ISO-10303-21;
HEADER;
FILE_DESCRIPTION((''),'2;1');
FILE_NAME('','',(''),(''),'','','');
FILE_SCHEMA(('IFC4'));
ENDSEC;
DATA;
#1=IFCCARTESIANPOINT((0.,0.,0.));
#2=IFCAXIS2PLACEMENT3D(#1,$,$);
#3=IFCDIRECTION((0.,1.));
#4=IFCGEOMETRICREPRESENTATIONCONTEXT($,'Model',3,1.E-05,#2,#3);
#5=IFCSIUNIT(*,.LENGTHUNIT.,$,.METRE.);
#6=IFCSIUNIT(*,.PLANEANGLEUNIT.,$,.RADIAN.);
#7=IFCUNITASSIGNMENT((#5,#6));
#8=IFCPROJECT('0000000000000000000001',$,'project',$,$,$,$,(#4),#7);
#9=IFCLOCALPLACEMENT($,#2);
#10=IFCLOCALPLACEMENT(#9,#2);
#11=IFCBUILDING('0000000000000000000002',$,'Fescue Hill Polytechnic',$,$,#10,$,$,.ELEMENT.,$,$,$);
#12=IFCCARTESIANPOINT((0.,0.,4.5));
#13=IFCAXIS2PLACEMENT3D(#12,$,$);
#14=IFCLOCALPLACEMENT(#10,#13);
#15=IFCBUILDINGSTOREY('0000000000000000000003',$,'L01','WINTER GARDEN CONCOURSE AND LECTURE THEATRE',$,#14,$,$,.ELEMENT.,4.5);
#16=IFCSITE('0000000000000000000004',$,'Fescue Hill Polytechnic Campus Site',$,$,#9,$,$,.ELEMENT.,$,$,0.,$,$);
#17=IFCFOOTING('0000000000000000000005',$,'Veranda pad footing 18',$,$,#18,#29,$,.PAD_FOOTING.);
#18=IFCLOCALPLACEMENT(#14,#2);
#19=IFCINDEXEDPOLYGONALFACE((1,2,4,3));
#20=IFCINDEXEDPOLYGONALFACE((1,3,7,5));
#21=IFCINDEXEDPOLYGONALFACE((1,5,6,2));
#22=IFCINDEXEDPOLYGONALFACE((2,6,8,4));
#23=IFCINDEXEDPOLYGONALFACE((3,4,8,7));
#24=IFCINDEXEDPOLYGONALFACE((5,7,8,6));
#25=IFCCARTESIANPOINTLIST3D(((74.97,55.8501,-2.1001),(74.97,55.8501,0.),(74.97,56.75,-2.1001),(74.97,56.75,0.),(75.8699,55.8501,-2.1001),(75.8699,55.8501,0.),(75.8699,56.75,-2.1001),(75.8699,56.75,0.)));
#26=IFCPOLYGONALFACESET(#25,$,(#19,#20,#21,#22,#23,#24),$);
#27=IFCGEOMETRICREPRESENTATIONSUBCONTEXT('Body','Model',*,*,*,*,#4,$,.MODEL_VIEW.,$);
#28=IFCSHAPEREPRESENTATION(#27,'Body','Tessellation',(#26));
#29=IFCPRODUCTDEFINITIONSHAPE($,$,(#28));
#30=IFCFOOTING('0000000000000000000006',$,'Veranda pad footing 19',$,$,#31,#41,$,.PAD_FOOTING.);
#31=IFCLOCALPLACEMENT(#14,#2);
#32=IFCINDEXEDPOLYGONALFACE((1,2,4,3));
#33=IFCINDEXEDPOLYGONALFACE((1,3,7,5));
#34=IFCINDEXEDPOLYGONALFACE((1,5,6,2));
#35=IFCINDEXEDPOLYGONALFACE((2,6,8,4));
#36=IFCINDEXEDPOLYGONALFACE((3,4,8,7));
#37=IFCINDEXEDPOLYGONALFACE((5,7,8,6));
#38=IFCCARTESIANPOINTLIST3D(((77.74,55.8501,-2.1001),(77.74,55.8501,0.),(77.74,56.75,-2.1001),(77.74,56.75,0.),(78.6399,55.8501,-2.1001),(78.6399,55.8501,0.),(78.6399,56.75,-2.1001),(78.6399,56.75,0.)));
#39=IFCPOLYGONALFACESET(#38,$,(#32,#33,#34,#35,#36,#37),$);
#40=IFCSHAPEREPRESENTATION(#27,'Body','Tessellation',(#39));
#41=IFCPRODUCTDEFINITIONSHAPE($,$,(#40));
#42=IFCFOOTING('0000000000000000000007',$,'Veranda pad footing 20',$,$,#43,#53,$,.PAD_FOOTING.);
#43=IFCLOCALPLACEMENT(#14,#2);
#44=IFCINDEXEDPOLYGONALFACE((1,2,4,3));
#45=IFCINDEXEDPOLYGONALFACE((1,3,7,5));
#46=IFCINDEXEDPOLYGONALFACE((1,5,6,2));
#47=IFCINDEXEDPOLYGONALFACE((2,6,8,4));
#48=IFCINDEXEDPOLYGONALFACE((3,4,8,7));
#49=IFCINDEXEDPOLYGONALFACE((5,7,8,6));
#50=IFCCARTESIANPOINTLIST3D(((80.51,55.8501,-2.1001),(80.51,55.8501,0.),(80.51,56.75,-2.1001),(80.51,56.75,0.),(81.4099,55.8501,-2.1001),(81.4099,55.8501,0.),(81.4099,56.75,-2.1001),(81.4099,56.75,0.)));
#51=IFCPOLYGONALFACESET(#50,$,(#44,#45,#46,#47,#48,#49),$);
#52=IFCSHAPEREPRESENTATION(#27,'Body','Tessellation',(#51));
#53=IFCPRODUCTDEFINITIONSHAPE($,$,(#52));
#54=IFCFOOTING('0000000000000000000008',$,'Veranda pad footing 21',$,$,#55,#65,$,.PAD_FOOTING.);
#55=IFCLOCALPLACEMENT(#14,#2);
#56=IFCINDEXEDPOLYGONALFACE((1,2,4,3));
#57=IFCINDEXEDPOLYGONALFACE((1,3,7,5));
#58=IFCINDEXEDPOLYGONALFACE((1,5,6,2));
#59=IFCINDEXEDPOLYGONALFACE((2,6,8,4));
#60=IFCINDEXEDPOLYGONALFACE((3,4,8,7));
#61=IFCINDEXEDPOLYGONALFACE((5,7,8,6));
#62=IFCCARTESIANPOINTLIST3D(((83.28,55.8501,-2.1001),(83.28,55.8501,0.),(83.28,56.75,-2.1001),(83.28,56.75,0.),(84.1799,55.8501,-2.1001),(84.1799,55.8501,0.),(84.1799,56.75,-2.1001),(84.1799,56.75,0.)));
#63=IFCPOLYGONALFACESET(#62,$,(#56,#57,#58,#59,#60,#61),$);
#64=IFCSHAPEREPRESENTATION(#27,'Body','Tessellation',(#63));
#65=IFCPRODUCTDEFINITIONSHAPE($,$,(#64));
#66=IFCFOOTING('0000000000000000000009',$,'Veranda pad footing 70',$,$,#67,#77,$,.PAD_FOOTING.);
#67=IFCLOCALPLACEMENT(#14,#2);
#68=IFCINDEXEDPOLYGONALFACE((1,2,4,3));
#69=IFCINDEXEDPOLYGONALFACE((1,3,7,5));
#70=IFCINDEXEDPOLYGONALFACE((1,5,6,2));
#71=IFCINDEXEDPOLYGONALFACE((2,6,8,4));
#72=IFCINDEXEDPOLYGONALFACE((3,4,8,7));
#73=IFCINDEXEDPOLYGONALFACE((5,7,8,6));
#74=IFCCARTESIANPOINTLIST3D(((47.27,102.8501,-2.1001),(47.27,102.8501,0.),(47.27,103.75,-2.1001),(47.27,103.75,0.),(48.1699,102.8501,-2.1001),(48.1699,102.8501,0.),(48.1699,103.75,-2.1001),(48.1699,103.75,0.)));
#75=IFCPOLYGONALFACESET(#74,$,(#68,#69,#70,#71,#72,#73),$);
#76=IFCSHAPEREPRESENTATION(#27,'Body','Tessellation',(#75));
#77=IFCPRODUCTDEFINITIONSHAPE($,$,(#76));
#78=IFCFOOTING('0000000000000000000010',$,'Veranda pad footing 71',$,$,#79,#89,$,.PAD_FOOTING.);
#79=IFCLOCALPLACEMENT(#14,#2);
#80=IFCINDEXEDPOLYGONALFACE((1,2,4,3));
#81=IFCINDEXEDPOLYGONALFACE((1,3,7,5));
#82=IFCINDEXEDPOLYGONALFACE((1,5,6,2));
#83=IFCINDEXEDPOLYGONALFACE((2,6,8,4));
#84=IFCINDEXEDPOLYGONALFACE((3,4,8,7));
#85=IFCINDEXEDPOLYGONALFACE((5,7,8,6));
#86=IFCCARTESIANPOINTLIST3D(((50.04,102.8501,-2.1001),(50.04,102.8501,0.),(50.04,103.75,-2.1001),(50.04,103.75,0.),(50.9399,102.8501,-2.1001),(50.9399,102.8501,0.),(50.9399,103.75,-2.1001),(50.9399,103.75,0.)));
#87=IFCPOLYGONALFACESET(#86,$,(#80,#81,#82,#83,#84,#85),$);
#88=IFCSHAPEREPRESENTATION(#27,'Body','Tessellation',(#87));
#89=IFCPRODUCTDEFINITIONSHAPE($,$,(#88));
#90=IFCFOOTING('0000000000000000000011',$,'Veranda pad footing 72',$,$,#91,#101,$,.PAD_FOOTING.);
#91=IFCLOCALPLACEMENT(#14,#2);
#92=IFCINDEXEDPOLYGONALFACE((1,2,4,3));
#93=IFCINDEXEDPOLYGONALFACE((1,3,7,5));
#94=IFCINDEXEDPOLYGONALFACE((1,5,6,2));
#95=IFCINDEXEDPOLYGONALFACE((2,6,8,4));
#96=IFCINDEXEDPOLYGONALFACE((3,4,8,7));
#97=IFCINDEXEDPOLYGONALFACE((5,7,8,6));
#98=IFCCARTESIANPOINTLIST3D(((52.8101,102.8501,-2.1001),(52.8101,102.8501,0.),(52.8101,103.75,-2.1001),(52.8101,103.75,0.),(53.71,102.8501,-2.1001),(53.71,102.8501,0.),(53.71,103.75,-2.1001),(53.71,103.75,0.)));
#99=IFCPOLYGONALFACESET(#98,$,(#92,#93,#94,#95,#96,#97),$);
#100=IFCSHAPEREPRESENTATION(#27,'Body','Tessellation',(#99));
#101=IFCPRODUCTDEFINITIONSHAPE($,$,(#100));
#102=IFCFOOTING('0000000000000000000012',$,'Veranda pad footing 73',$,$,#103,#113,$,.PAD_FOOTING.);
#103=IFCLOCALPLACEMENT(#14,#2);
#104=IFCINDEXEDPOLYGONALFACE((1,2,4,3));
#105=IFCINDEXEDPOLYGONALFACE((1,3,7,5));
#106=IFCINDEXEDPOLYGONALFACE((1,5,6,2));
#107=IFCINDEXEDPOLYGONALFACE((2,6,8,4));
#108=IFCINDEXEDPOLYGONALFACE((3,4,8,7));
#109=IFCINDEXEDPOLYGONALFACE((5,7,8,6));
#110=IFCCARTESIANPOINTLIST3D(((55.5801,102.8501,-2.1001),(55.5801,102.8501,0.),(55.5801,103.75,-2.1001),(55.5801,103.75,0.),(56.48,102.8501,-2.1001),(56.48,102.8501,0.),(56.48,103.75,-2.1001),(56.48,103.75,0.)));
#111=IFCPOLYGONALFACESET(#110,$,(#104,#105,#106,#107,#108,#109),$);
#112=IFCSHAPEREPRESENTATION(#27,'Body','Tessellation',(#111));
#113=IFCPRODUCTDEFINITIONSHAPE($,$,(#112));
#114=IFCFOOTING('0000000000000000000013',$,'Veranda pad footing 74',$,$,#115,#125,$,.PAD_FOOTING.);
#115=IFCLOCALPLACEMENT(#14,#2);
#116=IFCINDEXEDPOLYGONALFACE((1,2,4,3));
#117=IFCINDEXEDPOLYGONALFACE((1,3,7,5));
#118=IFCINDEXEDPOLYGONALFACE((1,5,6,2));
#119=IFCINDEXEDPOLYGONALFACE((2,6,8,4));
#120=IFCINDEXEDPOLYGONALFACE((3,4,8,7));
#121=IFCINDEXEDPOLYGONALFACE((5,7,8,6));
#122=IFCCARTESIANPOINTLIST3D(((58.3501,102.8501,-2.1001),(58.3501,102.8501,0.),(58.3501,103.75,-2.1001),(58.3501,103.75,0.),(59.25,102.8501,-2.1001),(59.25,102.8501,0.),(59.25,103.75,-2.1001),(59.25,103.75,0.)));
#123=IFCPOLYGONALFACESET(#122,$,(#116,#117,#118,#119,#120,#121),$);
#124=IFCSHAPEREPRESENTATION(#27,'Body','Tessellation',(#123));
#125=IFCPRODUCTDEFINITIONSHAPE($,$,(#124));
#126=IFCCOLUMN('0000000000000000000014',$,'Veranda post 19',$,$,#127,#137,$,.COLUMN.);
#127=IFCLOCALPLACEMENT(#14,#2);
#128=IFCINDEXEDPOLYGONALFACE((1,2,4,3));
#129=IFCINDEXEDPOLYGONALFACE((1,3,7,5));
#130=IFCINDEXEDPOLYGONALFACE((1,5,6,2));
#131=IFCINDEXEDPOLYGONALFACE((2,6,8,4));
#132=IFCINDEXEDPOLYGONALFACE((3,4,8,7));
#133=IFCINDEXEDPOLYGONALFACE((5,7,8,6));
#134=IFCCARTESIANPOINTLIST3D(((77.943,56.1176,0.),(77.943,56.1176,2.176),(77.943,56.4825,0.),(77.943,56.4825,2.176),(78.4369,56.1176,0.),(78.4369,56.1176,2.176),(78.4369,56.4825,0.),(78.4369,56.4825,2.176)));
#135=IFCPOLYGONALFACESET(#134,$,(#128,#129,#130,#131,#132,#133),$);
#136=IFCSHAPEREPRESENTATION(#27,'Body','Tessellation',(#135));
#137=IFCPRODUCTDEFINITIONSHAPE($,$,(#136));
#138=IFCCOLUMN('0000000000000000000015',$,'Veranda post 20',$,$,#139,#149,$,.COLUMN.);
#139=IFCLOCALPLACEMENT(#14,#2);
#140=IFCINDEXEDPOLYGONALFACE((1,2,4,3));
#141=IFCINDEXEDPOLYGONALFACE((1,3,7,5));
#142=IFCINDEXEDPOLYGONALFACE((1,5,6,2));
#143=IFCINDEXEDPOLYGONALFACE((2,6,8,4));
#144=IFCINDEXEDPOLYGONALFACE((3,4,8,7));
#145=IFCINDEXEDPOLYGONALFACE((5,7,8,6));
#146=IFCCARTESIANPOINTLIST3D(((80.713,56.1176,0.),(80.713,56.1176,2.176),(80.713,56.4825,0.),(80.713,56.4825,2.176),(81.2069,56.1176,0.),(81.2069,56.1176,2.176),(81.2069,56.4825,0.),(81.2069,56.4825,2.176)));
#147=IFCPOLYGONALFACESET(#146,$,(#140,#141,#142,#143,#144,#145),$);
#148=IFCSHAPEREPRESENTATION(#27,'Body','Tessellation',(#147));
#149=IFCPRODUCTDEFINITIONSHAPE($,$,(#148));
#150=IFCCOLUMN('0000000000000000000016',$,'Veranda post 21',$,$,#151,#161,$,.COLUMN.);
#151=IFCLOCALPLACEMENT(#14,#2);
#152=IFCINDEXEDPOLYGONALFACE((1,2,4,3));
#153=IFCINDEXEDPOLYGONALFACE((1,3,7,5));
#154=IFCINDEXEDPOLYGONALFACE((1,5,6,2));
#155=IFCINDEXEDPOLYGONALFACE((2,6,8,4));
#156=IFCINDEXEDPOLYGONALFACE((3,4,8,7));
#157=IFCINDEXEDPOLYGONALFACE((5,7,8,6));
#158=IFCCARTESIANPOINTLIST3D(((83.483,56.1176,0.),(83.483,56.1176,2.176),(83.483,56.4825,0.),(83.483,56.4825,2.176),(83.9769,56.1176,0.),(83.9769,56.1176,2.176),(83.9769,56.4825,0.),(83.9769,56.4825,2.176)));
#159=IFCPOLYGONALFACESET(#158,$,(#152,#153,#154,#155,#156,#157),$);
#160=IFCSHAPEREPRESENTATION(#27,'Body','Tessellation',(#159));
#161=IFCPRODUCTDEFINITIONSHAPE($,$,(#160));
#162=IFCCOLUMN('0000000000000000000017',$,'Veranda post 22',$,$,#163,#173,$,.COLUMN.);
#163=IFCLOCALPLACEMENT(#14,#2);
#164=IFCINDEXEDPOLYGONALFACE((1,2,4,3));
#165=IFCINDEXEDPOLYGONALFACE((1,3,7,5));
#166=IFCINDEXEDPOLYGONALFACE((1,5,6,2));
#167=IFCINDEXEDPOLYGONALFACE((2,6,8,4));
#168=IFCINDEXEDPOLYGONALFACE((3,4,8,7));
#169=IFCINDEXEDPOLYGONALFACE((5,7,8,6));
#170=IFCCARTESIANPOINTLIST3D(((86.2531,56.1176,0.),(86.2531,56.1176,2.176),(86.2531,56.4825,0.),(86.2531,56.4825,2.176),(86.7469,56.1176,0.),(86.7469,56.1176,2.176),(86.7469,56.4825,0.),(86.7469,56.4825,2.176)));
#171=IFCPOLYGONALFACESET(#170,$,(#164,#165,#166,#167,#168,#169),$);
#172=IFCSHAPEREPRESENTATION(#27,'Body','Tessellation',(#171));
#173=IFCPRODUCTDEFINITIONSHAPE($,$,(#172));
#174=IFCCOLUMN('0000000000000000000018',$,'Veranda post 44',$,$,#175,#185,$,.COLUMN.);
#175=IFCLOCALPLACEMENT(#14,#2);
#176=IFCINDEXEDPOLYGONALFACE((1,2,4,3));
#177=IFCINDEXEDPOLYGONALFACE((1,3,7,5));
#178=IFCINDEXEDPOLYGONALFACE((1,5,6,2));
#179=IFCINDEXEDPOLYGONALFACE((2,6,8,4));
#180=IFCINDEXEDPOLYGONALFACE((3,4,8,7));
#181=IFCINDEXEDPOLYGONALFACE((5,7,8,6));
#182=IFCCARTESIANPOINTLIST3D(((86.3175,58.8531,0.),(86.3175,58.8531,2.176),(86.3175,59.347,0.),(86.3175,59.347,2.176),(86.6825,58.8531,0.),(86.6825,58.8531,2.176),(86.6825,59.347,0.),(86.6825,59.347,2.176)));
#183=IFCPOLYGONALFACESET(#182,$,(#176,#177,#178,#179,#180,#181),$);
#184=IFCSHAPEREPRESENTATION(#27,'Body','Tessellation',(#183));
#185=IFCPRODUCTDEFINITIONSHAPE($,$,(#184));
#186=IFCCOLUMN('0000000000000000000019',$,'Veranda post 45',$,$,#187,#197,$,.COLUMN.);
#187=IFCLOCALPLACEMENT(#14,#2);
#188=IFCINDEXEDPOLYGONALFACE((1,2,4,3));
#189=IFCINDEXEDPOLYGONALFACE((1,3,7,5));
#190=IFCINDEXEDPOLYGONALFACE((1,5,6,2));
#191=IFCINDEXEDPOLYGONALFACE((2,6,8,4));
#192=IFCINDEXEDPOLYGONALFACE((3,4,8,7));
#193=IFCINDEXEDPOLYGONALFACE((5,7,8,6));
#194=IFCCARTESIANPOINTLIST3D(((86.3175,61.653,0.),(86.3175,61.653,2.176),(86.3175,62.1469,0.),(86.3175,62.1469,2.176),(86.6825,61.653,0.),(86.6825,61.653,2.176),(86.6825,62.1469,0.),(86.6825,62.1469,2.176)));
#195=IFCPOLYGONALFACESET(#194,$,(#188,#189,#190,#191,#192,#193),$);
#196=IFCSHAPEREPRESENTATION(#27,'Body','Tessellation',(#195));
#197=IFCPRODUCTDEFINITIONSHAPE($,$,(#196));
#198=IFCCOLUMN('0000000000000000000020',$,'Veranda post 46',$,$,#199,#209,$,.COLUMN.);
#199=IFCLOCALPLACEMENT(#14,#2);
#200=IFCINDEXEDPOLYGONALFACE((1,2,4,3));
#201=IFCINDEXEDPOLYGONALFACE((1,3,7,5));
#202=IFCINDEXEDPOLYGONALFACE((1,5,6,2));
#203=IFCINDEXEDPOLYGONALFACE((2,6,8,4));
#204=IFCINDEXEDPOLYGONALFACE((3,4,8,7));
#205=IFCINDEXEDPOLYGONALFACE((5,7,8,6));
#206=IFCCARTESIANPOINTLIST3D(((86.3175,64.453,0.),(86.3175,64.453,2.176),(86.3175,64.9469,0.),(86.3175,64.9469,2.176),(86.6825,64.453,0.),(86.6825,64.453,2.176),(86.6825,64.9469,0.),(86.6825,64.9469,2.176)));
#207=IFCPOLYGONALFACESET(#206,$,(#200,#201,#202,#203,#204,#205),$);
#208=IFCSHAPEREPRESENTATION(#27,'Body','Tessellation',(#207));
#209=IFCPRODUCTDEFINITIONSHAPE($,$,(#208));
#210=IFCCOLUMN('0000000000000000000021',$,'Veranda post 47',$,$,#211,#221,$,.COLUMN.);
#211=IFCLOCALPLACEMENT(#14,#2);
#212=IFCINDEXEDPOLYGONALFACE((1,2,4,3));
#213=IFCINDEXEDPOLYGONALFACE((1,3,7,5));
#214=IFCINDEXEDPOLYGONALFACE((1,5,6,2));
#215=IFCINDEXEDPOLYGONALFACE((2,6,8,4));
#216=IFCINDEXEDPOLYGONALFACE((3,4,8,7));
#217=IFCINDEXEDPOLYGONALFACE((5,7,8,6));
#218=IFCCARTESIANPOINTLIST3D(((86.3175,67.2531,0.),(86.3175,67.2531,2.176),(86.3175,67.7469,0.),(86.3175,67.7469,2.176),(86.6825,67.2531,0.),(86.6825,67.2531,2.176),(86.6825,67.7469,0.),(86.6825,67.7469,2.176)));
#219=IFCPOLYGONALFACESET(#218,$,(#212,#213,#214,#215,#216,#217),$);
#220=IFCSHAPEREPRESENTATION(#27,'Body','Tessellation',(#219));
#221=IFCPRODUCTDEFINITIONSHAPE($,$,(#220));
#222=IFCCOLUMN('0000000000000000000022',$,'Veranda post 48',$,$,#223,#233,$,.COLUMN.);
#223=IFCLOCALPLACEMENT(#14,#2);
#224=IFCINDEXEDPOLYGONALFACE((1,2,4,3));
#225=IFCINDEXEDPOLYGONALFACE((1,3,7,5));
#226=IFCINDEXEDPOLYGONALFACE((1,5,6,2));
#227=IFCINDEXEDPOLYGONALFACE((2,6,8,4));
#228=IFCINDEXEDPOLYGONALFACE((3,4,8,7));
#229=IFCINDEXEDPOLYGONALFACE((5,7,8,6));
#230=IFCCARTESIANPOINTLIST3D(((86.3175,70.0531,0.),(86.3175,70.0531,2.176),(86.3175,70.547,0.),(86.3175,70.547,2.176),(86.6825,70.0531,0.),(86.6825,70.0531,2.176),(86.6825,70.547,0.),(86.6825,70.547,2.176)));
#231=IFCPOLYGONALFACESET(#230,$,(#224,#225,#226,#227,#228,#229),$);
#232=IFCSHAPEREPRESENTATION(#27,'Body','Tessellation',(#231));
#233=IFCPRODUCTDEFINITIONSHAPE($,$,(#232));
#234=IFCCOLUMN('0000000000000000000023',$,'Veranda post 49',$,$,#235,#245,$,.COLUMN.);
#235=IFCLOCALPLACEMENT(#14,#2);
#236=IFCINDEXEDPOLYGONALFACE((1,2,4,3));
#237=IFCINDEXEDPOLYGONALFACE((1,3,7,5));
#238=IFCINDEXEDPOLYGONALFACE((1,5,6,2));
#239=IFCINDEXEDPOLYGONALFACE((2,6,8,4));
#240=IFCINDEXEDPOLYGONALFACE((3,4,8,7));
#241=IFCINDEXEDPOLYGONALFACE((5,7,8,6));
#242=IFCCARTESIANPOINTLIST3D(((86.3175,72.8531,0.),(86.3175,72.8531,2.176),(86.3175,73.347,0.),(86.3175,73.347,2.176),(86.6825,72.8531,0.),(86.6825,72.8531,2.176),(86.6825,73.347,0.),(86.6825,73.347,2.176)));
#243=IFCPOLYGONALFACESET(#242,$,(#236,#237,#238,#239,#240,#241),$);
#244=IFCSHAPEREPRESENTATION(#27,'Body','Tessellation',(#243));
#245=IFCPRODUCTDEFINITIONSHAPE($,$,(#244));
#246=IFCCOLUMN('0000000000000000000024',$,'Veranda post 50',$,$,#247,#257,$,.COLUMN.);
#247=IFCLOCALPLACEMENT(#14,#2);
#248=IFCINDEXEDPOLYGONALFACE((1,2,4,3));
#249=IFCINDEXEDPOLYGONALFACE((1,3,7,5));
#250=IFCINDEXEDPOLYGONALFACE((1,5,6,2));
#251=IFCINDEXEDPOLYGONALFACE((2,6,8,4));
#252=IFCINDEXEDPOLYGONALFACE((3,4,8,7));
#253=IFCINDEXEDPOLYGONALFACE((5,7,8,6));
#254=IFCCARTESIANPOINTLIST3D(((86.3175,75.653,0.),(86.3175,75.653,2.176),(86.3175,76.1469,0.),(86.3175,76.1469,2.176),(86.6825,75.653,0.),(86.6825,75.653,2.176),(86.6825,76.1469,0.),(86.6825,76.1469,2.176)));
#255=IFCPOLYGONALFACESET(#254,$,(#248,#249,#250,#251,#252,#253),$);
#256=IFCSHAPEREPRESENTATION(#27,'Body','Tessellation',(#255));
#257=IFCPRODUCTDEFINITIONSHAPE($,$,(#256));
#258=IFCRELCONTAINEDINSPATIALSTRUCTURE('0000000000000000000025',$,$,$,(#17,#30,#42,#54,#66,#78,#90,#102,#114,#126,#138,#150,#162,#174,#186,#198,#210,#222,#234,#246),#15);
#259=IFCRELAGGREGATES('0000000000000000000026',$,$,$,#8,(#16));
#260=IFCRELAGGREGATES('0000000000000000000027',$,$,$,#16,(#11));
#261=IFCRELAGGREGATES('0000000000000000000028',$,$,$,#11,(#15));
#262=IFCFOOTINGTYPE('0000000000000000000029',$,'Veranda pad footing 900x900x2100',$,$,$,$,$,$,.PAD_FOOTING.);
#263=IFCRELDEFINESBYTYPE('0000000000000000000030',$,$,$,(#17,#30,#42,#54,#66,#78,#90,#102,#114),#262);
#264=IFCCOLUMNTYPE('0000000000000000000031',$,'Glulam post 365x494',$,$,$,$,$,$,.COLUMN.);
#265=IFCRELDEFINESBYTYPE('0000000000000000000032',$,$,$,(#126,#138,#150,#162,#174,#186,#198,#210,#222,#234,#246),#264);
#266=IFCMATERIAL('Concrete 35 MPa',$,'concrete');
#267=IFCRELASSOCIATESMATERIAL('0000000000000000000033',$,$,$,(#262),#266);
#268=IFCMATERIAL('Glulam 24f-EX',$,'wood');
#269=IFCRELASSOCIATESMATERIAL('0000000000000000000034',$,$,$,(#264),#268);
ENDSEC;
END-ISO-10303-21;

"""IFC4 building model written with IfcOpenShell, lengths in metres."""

from ifc_helpers import new_model, si_unit, direction, frame, origin, origin_2d, place, context, subcontext, project, spatial, rectangle, extrude, material, material_profile, profile_set, type_object, element, save


model = new_model("IFC4")

# Units and contexts
model_context = context("Model", 3, precision=1e-05, world=origin(), true_north=direction((0.0, 1.0)))
body_context = subcontext(model_context, "Body", "Model", "MODEL_VIEW")
ifc_project = project(units=[si_unit("LENGTHUNIT", "METRE"), si_unit("PLANEANGLEUNIT", "RADIAN")], contexts=[model_context])

# Site, building, storey
site_placement = place(None, origin())
site = spatial("IfcSite", under=ifc_project, at=site_placement, Name="Fescue Hill Polytechnic Campus Site", CompositionType="ELEMENT", RefElevation=0.0)
building_placement = place(site_placement, origin())
building = spatial("IfcBuilding", under=site, at=building_placement, Name="Fescue Hill Polytechnic", CompositionType="ELEMENT")
storey_placement = place(building_placement, frame((0.0, 0.0, 4.5)))
storey = spatial("IfcBuildingStorey", under=building, at=storey_placement, Name="L01", Description="WINTER GARDEN CONCOURSE AND LECTURE THEATRE", CompositionType="ELEMENT", Elevation=4.5)

# Footings
ifc_material_1 = material(Name="Concrete 35 MPa", Category="concrete")
footing_type = type_object("IfcFootingType", Name="Veranda pad footing 900x900x2100", PredefinedType="PAD_FOOTING", material=ifc_material_1)
for number, where, z_axis, x_axis, name in (
    (1, (75.4199, 56.3, -2.1001), (0.0, 0.0, 1.0), (1.0, 0.0, 0.0), "Veranda pad footing 18"),
    (2, (78.1899, 56.3, -2.1001), (0.0, 0.0, 1.0), (1.0, 0.0, 0.0), "Veranda pad footing 19"),
    (3, (80.96, 56.3, -2.1001), (0.0, 0.0, 1.0), (1.0, 0.0, 0.0), "Veranda pad footing 20"),
    (4, (83.73, 56.3, -2.1001), (0.0, 0.0, 1.0), (1.0, 0.0, 0.0), "Veranda pad footing 21"),
    (5, (47.72, 103.3, -2.1001), (0.0, 0.0, 1.0), (1.0, 0.0, 0.0), "Veranda pad footing 70"),
    (6, (50.49, 103.3, -2.1001), (0.0, 0.0, 1.0), (1.0, 0.0, 0.0), "Veranda pad footing 71"),
    (7, (53.26, 103.3, -2.1001), (0.0, 0.0, 1.0), (1.0, 0.0, 0.0), "Veranda pad footing 72"),
    (8, (56.03, 103.3, -2.1001), (0.0, 0.0, 1.0), (1.0, 0.0, 0.0), "Veranda pad footing 73"),
    (9, (58.8, 103.3, -2.1001), (0.0, 0.0, 1.0), (1.0, 0.0, 0.0), "Veranda pad footing 74"),
):
    element("IfcFooting", number, at=place(storey_placement, frame(where, z_axis=z_axis, x_axis=x_axis)), inside=storey, type_object=footing_type, Name=name, PredefinedType="PAD_FOOTING", context=body_context, shape_type="SweptSolid", body=[
        extrude(rectangle(XDim=0.8999, YDim=0.8999, at=origin_2d()), origin(), (0.0, 0.0, 1.0), 2.1001),
    ])

# Columns
ifc_material_2 = material(Name="Glulam 24f-EX", Category="wood")
ifc_material_profile_1 = material_profile(ifc_material_2, rectangle(XDim=0.365, YDim=0.4939, at=origin_2d()), Name="Glulam post 365x494")
ifc_profile_set_1 = profile_set([ifc_material_profile_1], Name="Glulam 24f-EX")
column_type = type_object("IfcColumnType", Name="Glulam post 365x494", PredefinedType="COLUMN", material=ifc_profile_set_1)
for number, where, z_axis, x_axis, name in (
    (10, (78.1899, 56.3, 0.0), (0.0, 0.0, 1.0), (0.0, 1.0, 0.0), "Veranda post 19"),
    (11, (80.96, 56.3, 0.0), (0.0, 0.0, 1.0), (0.0, 1.0, 0.0), "Veranda post 20"),
    (12, (83.73, 56.3, 0.0), (0.0, 0.0, 1.0), (0.0, 1.0, 0.0), "Veranda post 21"),
    (13, (86.5, 56.3, 0.0), (0.0, 0.0, 1.0), (0.0, 1.0, 0.0), "Veranda post 22"),
    (14, (86.5, 59.1001, 0.0), (0.0, 0.0, 1.0), (1.0, 0.0, 0.0), "Veranda post 44"),
    (15, (86.5, 61.8999, 0.0), (0.0, 0.0, 1.0), (1.0, 0.0, 0.0), "Veranda post 45"),
    (16, (86.5, 64.7, 0.0), (0.0, 0.0, 1.0), (1.0, 0.0, 0.0), "Veranda post 46"),
    (17, (86.5, 67.5, 0.0), (0.0, 0.0, 1.0), (1.0, 0.0, 0.0), "Veranda post 47"),
    (18, (86.5, 70.3, 0.0), (0.0, 0.0, 1.0), (1.0, 0.0, 0.0), "Veranda post 48"),
    (19, (86.5, 73.1001, 0.0), (0.0, 0.0, 1.0), (1.0, 0.0, 0.0), "Veranda post 49"),
    (20, (86.5, 75.8999, 0.0), (0.0, 0.0, 1.0), (1.0, 0.0, 0.0), "Veranda post 50"),
):
    element("IfcColumn", number, at=place(storey_placement, frame(where, z_axis=z_axis, x_axis=x_axis)), inside=storey, type_object=column_type, Name=name, PredefinedType="COLUMN", context=body_context, shape_type="SweptSolid", body=[
        extrude(rectangle(XDim=0.365, YDim=0.4939, at=origin_2d()), origin(), (0.0, 0.0, 1.0), 2.176),
    ])

save(model, "model.ifc")
